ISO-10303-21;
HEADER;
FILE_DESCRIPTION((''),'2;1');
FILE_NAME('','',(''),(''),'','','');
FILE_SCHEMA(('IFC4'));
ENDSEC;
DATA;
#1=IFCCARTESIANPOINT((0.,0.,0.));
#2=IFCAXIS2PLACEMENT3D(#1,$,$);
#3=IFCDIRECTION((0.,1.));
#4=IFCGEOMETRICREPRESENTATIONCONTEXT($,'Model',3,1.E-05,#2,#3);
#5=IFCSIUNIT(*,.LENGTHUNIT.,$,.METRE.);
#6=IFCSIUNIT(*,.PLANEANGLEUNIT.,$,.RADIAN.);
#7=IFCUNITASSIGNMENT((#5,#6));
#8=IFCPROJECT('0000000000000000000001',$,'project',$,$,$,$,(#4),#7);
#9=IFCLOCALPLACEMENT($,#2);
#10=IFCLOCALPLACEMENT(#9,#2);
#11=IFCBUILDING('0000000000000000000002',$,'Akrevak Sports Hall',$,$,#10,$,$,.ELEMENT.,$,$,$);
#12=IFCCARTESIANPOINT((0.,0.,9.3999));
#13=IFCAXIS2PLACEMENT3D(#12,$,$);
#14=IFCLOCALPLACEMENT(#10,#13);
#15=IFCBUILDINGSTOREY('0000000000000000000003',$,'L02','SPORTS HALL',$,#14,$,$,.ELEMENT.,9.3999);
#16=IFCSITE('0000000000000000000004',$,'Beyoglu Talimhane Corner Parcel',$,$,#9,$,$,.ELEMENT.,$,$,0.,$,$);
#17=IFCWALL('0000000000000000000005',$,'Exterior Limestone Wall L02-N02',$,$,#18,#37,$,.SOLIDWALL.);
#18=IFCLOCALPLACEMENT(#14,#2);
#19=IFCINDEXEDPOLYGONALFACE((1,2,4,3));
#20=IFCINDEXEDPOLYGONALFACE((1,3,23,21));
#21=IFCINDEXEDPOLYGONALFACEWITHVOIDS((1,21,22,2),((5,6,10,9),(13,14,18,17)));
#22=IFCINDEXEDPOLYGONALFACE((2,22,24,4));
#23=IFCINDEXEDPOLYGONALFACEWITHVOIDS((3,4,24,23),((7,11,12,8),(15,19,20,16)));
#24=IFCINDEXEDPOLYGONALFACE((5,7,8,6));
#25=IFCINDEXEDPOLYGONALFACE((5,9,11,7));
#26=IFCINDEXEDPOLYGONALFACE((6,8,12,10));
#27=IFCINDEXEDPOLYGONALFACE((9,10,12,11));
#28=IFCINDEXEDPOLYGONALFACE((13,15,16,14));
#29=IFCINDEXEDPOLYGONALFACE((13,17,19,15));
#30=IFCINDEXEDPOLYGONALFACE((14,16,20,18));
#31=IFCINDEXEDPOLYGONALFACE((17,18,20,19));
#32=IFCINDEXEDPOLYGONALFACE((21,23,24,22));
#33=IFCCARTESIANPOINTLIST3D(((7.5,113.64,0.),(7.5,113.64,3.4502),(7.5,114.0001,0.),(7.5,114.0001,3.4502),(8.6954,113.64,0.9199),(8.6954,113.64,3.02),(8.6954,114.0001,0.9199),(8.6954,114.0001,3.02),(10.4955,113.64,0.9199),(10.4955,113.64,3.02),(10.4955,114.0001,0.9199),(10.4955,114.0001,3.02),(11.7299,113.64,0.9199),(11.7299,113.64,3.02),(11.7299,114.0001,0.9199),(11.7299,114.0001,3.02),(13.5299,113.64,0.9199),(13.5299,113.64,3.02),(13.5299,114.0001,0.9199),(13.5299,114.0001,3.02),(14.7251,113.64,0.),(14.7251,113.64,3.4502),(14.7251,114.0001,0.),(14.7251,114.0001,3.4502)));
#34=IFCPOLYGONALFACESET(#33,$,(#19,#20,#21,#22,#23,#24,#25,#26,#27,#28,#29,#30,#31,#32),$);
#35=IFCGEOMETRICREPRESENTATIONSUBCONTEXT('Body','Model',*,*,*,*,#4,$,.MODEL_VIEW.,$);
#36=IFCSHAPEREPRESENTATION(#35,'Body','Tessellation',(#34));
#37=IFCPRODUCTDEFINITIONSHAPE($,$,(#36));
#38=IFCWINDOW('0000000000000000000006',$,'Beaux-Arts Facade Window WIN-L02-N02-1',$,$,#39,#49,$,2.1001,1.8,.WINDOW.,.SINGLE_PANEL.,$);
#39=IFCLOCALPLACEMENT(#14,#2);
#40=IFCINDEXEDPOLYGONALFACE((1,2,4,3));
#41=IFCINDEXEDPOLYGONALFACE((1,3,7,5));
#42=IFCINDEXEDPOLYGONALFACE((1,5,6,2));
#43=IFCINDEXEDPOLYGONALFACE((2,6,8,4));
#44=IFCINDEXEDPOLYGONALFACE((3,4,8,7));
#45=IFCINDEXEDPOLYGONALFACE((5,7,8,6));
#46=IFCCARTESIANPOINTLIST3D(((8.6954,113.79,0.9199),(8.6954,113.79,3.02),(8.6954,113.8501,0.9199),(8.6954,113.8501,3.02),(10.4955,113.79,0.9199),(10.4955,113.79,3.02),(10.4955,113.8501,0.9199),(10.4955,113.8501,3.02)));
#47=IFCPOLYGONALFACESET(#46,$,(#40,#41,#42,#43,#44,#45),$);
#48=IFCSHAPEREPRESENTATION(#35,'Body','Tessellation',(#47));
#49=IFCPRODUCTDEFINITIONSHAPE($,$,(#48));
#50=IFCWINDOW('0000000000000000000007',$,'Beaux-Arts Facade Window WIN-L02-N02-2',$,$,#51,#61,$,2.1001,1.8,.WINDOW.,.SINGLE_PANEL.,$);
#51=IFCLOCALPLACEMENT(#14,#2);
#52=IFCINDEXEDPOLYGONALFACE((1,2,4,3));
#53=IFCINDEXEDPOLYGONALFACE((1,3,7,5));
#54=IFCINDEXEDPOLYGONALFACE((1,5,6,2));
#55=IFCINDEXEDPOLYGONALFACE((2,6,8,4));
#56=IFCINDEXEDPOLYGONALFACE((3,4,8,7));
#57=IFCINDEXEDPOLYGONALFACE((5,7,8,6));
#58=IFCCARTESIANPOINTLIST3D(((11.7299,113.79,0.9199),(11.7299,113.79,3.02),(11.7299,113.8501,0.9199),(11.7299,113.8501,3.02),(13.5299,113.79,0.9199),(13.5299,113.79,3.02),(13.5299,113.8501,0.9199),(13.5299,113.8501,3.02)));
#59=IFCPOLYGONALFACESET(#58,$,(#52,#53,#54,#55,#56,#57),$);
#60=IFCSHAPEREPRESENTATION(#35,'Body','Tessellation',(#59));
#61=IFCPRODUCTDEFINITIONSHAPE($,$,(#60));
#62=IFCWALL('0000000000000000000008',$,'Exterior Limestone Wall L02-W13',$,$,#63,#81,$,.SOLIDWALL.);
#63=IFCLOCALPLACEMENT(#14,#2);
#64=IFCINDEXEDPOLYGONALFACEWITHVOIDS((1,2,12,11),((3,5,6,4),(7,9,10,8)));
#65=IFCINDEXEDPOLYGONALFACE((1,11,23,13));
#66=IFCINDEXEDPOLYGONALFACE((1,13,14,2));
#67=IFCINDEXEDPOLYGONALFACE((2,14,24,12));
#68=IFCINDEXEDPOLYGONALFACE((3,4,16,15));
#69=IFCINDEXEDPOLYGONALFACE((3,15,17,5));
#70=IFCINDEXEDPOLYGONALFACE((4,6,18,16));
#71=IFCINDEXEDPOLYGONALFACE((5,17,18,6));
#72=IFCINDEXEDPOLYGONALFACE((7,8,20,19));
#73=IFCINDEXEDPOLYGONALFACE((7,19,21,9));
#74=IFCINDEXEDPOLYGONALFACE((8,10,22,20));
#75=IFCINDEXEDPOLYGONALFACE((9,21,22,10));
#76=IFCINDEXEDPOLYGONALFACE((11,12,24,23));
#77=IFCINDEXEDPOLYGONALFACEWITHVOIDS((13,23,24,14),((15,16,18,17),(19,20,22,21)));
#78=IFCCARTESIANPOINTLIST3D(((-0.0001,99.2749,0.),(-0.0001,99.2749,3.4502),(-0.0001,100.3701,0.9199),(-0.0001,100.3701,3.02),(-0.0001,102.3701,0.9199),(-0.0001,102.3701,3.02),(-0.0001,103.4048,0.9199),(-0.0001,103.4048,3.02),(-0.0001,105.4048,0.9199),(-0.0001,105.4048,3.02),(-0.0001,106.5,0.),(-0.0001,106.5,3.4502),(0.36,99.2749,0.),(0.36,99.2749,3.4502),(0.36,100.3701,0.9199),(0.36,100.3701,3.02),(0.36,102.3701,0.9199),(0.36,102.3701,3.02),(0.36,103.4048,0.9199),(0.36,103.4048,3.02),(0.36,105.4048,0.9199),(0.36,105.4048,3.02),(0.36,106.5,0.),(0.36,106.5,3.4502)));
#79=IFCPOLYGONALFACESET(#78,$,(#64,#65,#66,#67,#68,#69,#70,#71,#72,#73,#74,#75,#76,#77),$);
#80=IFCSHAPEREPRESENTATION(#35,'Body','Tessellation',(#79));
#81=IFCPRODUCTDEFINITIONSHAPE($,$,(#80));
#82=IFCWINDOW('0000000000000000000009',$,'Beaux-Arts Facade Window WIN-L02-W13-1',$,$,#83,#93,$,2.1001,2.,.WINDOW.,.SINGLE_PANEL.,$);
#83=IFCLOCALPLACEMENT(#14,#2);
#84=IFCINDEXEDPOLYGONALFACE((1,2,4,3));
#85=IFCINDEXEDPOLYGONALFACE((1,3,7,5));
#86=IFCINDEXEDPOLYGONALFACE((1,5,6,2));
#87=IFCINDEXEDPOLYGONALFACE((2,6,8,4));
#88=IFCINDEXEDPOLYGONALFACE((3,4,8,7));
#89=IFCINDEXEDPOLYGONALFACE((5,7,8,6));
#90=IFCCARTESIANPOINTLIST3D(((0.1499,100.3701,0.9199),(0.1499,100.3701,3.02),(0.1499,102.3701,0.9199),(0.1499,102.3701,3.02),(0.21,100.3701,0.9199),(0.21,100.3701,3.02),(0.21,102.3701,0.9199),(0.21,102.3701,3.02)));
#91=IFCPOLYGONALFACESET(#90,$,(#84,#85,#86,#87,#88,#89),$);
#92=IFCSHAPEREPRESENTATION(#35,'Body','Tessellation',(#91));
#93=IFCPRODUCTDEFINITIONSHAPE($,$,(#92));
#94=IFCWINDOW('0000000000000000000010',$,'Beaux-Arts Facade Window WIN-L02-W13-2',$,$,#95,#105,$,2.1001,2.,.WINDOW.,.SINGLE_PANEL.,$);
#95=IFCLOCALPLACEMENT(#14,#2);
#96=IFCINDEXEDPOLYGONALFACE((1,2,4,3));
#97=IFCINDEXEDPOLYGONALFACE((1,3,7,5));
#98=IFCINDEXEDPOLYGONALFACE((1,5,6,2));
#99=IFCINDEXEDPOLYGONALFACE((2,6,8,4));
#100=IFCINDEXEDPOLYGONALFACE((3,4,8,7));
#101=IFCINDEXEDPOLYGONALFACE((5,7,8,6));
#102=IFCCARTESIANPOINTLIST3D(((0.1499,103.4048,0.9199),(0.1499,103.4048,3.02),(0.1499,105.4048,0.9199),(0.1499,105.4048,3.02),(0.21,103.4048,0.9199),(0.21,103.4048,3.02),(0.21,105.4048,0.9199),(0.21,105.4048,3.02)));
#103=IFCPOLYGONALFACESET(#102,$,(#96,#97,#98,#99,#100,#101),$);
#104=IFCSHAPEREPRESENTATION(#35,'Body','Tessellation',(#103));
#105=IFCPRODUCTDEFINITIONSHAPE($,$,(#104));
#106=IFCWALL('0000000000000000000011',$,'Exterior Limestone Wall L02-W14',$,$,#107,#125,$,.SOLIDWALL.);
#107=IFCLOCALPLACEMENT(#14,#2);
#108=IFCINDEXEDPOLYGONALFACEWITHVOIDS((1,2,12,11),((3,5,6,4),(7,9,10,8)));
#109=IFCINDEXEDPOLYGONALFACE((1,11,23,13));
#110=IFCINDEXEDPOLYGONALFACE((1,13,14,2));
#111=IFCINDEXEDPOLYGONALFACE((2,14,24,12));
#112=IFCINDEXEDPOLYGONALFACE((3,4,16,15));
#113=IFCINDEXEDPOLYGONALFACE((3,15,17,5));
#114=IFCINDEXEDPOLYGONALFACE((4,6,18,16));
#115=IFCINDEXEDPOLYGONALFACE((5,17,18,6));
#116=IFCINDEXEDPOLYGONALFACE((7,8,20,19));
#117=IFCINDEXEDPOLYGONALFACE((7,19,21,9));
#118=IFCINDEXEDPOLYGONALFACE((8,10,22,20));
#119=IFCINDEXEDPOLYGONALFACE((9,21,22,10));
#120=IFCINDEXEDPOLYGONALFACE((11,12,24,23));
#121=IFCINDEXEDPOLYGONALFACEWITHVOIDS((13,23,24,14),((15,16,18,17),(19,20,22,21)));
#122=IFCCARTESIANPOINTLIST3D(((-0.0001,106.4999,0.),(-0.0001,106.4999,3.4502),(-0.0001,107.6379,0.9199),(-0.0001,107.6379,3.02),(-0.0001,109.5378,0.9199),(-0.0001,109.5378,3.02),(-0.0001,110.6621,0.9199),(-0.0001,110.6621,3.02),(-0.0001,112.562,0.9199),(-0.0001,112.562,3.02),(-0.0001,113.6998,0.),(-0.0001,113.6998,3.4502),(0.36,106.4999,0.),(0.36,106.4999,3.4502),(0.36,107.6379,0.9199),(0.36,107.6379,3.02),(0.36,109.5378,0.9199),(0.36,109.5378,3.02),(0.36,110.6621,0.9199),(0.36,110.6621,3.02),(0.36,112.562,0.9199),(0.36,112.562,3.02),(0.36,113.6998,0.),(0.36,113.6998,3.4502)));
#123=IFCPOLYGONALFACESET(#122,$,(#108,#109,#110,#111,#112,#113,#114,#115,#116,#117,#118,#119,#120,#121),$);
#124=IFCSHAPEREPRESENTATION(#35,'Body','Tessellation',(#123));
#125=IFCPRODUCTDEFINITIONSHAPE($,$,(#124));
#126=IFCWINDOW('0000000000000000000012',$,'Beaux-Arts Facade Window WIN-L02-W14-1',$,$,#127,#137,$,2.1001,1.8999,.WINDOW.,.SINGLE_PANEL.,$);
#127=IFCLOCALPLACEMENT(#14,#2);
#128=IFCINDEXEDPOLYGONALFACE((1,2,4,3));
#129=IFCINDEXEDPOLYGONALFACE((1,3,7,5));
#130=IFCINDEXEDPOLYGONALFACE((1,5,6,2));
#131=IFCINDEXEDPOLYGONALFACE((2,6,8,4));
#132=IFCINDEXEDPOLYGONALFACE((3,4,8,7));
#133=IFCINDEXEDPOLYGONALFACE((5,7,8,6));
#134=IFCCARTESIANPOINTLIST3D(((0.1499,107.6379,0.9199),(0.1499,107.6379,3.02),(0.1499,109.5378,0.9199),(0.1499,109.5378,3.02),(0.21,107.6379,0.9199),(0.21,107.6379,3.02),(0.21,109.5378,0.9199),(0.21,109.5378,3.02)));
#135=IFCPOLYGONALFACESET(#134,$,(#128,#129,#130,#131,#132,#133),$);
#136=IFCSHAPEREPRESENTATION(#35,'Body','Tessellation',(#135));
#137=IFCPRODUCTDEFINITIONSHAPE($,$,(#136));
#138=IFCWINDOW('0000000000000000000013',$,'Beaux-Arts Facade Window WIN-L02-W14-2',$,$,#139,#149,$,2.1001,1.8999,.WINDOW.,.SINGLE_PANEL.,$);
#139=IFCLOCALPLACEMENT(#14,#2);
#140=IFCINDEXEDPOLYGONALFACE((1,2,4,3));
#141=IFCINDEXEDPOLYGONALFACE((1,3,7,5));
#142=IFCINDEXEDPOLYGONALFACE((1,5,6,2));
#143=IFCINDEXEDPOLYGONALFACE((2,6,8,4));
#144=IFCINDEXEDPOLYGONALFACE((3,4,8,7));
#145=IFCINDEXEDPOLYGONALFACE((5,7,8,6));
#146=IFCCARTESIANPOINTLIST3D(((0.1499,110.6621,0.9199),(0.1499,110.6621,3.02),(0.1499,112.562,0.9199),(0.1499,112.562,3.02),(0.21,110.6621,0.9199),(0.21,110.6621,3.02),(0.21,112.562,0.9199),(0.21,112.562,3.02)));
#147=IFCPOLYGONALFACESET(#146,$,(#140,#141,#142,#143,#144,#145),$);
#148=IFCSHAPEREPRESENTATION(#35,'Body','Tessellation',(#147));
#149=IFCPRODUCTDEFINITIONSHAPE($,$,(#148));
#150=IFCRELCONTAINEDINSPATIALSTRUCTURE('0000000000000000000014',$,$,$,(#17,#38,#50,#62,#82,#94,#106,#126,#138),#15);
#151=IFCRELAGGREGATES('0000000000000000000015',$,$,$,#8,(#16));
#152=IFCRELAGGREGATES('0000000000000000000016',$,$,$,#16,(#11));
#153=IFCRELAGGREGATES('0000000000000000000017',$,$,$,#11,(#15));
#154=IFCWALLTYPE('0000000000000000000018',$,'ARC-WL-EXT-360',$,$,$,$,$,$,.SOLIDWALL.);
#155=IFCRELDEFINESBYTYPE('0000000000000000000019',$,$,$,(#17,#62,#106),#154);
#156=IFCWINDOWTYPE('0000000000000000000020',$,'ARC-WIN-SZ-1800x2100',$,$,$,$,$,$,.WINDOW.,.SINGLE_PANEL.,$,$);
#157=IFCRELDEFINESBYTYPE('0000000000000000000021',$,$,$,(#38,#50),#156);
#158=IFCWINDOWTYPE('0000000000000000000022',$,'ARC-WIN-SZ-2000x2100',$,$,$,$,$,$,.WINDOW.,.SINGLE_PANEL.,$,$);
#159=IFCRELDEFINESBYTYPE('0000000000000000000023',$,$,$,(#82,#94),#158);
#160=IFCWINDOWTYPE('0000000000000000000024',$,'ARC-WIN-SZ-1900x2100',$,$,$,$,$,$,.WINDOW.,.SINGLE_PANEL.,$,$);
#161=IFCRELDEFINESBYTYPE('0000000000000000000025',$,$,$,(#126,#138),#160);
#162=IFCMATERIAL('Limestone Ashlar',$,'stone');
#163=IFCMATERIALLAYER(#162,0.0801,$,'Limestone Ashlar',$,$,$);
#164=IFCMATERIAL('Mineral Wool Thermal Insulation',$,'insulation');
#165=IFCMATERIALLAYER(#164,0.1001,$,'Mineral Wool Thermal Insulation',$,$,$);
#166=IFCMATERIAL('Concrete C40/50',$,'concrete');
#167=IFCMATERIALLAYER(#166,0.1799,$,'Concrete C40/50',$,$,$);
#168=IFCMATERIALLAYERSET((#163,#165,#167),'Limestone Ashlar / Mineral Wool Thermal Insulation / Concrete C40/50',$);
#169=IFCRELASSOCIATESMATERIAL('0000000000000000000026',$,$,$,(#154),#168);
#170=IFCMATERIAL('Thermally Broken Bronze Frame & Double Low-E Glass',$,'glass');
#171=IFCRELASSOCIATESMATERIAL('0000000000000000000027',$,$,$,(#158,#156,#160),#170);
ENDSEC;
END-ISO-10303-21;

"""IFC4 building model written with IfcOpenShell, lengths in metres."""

from ifc_helpers import new_model, si_unit, direction, frame, frame_2d, origin, place, context, subcontext, project, spatial, rectangle, extrude, material, layer, layer_set, type_object, element, fill, save


model = new_model("IFC4")

# Units and contexts
model_context = context("Model", 3, precision=1e-05, world=origin(), true_north=direction((0.0, 1.0)))
body_context = subcontext(model_context, "Body", "Model", "MODEL_VIEW")
ifc_project = project(units=[si_unit("LENGTHUNIT", "METRE"), si_unit("PLANEANGLEUNIT", "RADIAN")], contexts=[model_context])

# Site, building, storey
site_placement = place(None, origin())
site = spatial("IfcSite", under=ifc_project, at=site_placement, Name="Beyoglu Talimhane Corner Parcel", CompositionType="ELEMENT", RefElevation=0.0)
building_placement = place(site_placement, origin())
building = spatial("IfcBuilding", under=site, at=building_placement, Name="Akrevak Sports Hall", CompositionType="ELEMENT")
storey_placement = place(building_placement, frame((0.0, 0.0, 9.3999)))
storey = spatial("IfcBuildingStorey", under=building, at=storey_placement, Name="L02", Description="SPORTS HALL", CompositionType="ELEMENT", Elevation=9.3999)

# Shared definitions
ifc_material_1 = material(Name="Concrete C40/50", Category="concrete")

# Shared definitions
ifc_material_2 = material(Name="Limestone Ashlar", Category="stone")
ifc_layer_1 = layer(ifc_material_2, 0.0801, Name="Limestone Ashlar")
ifc_material_3 = material(Name="Mineral Wool Thermal Insulation", Category="insulation")
ifc_layer_2 = layer(ifc_material_3, 0.1001, Name="Mineral Wool Thermal Insulation")
ifc_layer_3 = layer(ifc_material_1, 0.1799, Name="Concrete C40/50")
ifc_layer_set_1 = layer_set([ifc_layer_1, ifc_layer_2, ifc_layer_3], Name="Limestone Ashlar / Mineral Wool Thermal Insulation / Concrete C40/50")
wall_type_1 = type_object("IfcWallType", Name="ARC-WL-EXT-360", PredefinedType="SOLIDWALL", material=ifc_layer_set_1)
ifc_material_4 = material(Name="Thermally Broken Bronze Frame & Double Low-E Glass", Category="glass")
window_type_1 = type_object("IfcWindowType", Name="ARC-WIN-SZ-2000x2100", PartitioningType="SINGLE_PANEL", PredefinedType="WINDOW", material=ifc_material_4)

# Walls, openings, windows
wall_1_placement = place(storey_placement, frame((14.7251, 113.8201, 0.0), z_axis=(0.0, 0.0, 1.0), x_axis=(-1.0, 0.0, 0.0)))
wall_1 = element("IfcWall", 1, at=wall_1_placement, inside=storey, type_object=wall_type_1, Name="Exterior Limestone Wall L02-N02", PredefinedType="SOLIDWALL", context=body_context, shape_type="SweptSolid", body=[
    extrude(rectangle(XDim=7.2251, YDim=0.3601, at=frame_2d((3.6125, 0.0))), origin(), (0.0, 0.0, 1.0), 3.4502),
])
opening_1_placement = place(wall_1_placement, frame((4.2297, 0.0, 0.9199)))
opening_1 = element("IfcOpeningElement", 2, at=opening_1_placement, cuts=wall_1, PredefinedType="OPENING", context=body_context, shape_type="SweptSolid", body=[
    extrude(rectangle(XDim=1.8, YDim=2.1001, at=frame_2d((0.8999, 1.05))), frame((0.0, 0.1919, 0.0), z_axis=(0.0, -1.0, 0.0), x_axis=(1.0, 0.0, 0.0)), (0.0, 0.0, 1.0), 0.384),
])
opening_2_placement = place(wall_1_placement, frame((1.1953, 0.0, 0.9199)))
opening_2 = element("IfcOpeningElement", 3, at=opening_2_placement, cuts=wall_1, PredefinedType="OPENING", context=body_context, shape_type="SweptSolid", body=[
    extrude(rectangle(XDim=1.8, YDim=2.1001, at=frame_2d((0.8999, 1.05))), frame((0.0, 0.1919, 0.0), z_axis=(0.0, -1.0, 0.0), x_axis=(1.0, 0.0, 0.0)), (0.0, 0.0, 1.0), 0.384),
])
window_type_2 = type_object("IfcWindowType", Name="ARC-WIN-SZ-1800x2100", PartitioningType="SINGLE_PANEL", PredefinedType="WINDOW", material=ifc_material_4)
window_1_placement = place(opening_1_placement, origin())
window_1 = element("IfcWindow", 4, at=window_1_placement, inside=storey, type_object=window_type_2, Name="Beaux-Arts Facade Window WIN-L02-N02-1", OverallHeight=2.1001, OverallWidth=1.8, PartitioningType="SINGLE_PANEL", PredefinedType="WINDOW", context=body_context, shape_type="SweptSolid", body=[
    extrude(rectangle(XDim=1.8, YDim=2.1001, at=frame_2d((0.8999, 1.05))), frame((0.0, 0.03, 0.0), z_axis=(0.0, -1.0, 0.0), x_axis=(1.0, 0.0, 0.0)), (0.0, 0.0, 1.0), 0.0601),
])
fill(opening_1, window_1)
window_2_placement = place(opening_2_placement, origin())
window_2 = element("IfcWindow", 5, at=window_2_placement, inside=storey, type_object=window_type_2, Name="Beaux-Arts Facade Window WIN-L02-N02-2", OverallHeight=2.1001, OverallWidth=1.8, PartitioningType="SINGLE_PANEL", PredefinedType="WINDOW", context=body_context, shape_type="SweptSolid", body=[
    extrude(rectangle(XDim=1.8, YDim=2.1001, at=frame_2d((0.8999, 1.05))), frame((0.0, 0.03, 0.0), z_axis=(0.0, -1.0, 0.0), x_axis=(1.0, 0.0, 0.0)), (0.0, 0.0, 1.0), 0.0601),
])
fill(opening_2, window_2)
wall_2_placement = place(storey_placement, frame((0.1799, 106.5, 0.0), z_axis=(0.0, 0.0, 1.0), x_axis=(0.0, -1.0, 0.0)))
wall_2 = element("IfcWall", 6, at=wall_2_placement, inside=storey, type_object=wall_type_1, Name="Exterior Limestone Wall L02-W13", PredefinedType="SOLIDWALL", context=body_context, shape_type="SweptSolid", body=[
    extrude(rectangle(XDim=7.2251, YDim=0.3601, at=frame_2d((3.6125, 0.0))), origin(), (0.0, 0.0, 1.0), 3.4502),
])
opening_3_placement = place(wall_2_placement, frame((4.1299, 0.0, 0.9199)))
opening_3 = element("IfcOpeningElement", 7, at=opening_3_placement, cuts=wall_2, PredefinedType="OPENING", context=body_context, shape_type="SweptSolid", body=[
    extrude(rectangle(XDim=2.0, YDim=2.1001, at=frame_2d((1.0, 1.05))), frame((0.0, 0.1919, 0.0), z_axis=(0.0, -1.0, 0.0), x_axis=(1.0, 0.0, 0.0)), (0.0, 0.0, 1.0), 0.384),
])
opening_4_placement = place(wall_2_placement, frame((1.0952, 0.0, 0.9199)))
opening_4 = element("IfcOpeningElement", 8, at=opening_4_placement, cuts=wall_2, PredefinedType="OPENING", context=body_context, shape_type="SweptSolid", body=[
    extrude(rectangle(XDim=2.0, YDim=2.1001, at=frame_2d((1.0, 1.05))), frame((0.0, 0.1919, 0.0), z_axis=(0.0, -1.0, 0.0), x_axis=(1.0, 0.0, 0.0)), (0.0, 0.0, 1.0), 0.384),
])
window_3_placement = place(opening_3_placement, origin())
window_3 = element("IfcWindow", 9, at=window_3_placement, inside=storey, type_object=window_type_1, Name="Beaux-Arts Facade Window WIN-L02-W13-1", OverallHeight=2.1001, OverallWidth=2.0, PartitioningType="SINGLE_PANEL", PredefinedType="WINDOW", context=body_context, shape_type="SweptSolid", body=[
    extrude(rectangle(XDim=2.0, YDim=2.1001, at=frame_2d((1.0, 1.05))), frame((0.0, 0.03, 0.0), z_axis=(0.0, -1.0, 0.0), x_axis=(1.0, 0.0, 0.0)), (0.0, 0.0, 1.0), 0.0601),
])
fill(opening_3, window_3)
window_4_placement = place(opening_4_placement, origin())
window_4 = element("IfcWindow", 10, at=window_4_placement, inside=storey, type_object=window_type_1, Name="Beaux-Arts Facade Window WIN-L02-W13-2", OverallHeight=2.1001, OverallWidth=2.0, PartitioningType="SINGLE_PANEL", PredefinedType="WINDOW", context=body_context, shape_type="SweptSolid", body=[
    extrude(rectangle(XDim=2.0, YDim=2.1001, at=frame_2d((1.0, 1.05))), frame((0.0, 0.03, 0.0), z_axis=(0.0, -1.0, 0.0), x_axis=(1.0, 0.0, 0.0)), (0.0, 0.0, 1.0), 0.0601),
])
fill(opening_4, window_4)
wall_3_placement = place(storey_placement, frame((0.1799, 113.7, 0.0), z_axis=(0.0, 0.0, 1.0), x_axis=(0.0, -1.0, 0.0)))
wall_3 = element("IfcWall", 11, at=wall_3_placement, inside=storey, type_object=wall_type_1, Name="Exterior Limestone Wall L02-W14", PredefinedType="SOLIDWALL", context=body_context, shape_type="SweptSolid", body=[
    extrude(rectangle(XDim=7.2, YDim=0.3601, at=frame_2d((3.6001, 0.0))), origin(), (0.0, 0.0, 1.0), 3.4502),
])
opening_5_placement = place(wall_3_placement, frame((4.1621, 0.0, 0.9199)))
opening_5 = element("IfcOpeningElement", 12, at=opening_5_placement, cuts=wall_3, PredefinedType="OPENING", context=body_context, shape_type="SweptSolid", body=[
    extrude(rectangle(XDim=1.8999, YDim=2.1001, at=frame_2d((0.95, 1.05))), frame((0.0, 0.1919, 0.0), z_axis=(0.0, -1.0, 0.0), x_axis=(1.0, 0.0, 0.0)), (0.0, 0.0, 1.0), 0.384),
])
opening_6_placement = place(wall_3_placement, frame((1.1379, 0.0, 0.9199)))
opening_6 = element("IfcOpeningElement", 13, at=opening_6_placement, cuts=wall_3, PredefinedType="OPENING", context=body_context, shape_type="SweptSolid", body=[
    extrude(rectangle(XDim=1.8999, YDim=2.1001, at=frame_2d((0.95, 1.05))), frame((0.0, 0.1919, 0.0), z_axis=(0.0, -1.0, 0.0), x_axis=(1.0, 0.0, 0.0)), (0.0, 0.0, 1.0), 0.384),
])
window_type_3 = type_object("IfcWindowType", Name="ARC-WIN-SZ-1900x2100", PartitioningType="SINGLE_PANEL", PredefinedType="WINDOW", material=ifc_material_4)
window_5_placement = place(opening_5_placement, origin())
window_5 = element("IfcWindow", 14, at=window_5_placement, inside=storey, type_object=window_type_3, Name="Beaux-Arts Facade Window WIN-L02-W14-1", OverallHeight=2.1001, OverallWidth=1.8999, PartitioningType="SINGLE_PANEL", PredefinedType="WINDOW", context=body_context, shape_type="SweptSolid", body=[
    extrude(rectangle(XDim=1.8999, YDim=2.1001, at=frame_2d((0.95, 1.05))), frame((0.0, 0.03, 0.0), z_axis=(0.0, -1.0, 0.0), x_axis=(1.0, 0.0, 0.0)), (0.0, 0.0, 1.0), 0.0601),
])
fill(opening_5, window_5)
window_6_placement = place(opening_6_placement, origin())
window_6 = element("IfcWindow", 15, at=window_6_placement, inside=storey, type_object=window_type_3, Name="Beaux-Arts Facade Window WIN-L02-W14-2", OverallHeight=2.1001, OverallWidth=1.8999, PartitioningType="SINGLE_PANEL", PredefinedType="WINDOW", context=body_context, shape_type="SweptSolid", body=[
    extrude(rectangle(XDim=1.8999, YDim=2.1001, at=frame_2d((0.95, 1.05))), frame((0.0, 0.03, 0.0), z_axis=(0.0, -1.0, 0.0), x_axis=(1.0, 0.0, 0.0)), (0.0, 0.0, 1.0), 0.0601),
])
fill(opening_6, window_6)

save(model, "model.ifc")
